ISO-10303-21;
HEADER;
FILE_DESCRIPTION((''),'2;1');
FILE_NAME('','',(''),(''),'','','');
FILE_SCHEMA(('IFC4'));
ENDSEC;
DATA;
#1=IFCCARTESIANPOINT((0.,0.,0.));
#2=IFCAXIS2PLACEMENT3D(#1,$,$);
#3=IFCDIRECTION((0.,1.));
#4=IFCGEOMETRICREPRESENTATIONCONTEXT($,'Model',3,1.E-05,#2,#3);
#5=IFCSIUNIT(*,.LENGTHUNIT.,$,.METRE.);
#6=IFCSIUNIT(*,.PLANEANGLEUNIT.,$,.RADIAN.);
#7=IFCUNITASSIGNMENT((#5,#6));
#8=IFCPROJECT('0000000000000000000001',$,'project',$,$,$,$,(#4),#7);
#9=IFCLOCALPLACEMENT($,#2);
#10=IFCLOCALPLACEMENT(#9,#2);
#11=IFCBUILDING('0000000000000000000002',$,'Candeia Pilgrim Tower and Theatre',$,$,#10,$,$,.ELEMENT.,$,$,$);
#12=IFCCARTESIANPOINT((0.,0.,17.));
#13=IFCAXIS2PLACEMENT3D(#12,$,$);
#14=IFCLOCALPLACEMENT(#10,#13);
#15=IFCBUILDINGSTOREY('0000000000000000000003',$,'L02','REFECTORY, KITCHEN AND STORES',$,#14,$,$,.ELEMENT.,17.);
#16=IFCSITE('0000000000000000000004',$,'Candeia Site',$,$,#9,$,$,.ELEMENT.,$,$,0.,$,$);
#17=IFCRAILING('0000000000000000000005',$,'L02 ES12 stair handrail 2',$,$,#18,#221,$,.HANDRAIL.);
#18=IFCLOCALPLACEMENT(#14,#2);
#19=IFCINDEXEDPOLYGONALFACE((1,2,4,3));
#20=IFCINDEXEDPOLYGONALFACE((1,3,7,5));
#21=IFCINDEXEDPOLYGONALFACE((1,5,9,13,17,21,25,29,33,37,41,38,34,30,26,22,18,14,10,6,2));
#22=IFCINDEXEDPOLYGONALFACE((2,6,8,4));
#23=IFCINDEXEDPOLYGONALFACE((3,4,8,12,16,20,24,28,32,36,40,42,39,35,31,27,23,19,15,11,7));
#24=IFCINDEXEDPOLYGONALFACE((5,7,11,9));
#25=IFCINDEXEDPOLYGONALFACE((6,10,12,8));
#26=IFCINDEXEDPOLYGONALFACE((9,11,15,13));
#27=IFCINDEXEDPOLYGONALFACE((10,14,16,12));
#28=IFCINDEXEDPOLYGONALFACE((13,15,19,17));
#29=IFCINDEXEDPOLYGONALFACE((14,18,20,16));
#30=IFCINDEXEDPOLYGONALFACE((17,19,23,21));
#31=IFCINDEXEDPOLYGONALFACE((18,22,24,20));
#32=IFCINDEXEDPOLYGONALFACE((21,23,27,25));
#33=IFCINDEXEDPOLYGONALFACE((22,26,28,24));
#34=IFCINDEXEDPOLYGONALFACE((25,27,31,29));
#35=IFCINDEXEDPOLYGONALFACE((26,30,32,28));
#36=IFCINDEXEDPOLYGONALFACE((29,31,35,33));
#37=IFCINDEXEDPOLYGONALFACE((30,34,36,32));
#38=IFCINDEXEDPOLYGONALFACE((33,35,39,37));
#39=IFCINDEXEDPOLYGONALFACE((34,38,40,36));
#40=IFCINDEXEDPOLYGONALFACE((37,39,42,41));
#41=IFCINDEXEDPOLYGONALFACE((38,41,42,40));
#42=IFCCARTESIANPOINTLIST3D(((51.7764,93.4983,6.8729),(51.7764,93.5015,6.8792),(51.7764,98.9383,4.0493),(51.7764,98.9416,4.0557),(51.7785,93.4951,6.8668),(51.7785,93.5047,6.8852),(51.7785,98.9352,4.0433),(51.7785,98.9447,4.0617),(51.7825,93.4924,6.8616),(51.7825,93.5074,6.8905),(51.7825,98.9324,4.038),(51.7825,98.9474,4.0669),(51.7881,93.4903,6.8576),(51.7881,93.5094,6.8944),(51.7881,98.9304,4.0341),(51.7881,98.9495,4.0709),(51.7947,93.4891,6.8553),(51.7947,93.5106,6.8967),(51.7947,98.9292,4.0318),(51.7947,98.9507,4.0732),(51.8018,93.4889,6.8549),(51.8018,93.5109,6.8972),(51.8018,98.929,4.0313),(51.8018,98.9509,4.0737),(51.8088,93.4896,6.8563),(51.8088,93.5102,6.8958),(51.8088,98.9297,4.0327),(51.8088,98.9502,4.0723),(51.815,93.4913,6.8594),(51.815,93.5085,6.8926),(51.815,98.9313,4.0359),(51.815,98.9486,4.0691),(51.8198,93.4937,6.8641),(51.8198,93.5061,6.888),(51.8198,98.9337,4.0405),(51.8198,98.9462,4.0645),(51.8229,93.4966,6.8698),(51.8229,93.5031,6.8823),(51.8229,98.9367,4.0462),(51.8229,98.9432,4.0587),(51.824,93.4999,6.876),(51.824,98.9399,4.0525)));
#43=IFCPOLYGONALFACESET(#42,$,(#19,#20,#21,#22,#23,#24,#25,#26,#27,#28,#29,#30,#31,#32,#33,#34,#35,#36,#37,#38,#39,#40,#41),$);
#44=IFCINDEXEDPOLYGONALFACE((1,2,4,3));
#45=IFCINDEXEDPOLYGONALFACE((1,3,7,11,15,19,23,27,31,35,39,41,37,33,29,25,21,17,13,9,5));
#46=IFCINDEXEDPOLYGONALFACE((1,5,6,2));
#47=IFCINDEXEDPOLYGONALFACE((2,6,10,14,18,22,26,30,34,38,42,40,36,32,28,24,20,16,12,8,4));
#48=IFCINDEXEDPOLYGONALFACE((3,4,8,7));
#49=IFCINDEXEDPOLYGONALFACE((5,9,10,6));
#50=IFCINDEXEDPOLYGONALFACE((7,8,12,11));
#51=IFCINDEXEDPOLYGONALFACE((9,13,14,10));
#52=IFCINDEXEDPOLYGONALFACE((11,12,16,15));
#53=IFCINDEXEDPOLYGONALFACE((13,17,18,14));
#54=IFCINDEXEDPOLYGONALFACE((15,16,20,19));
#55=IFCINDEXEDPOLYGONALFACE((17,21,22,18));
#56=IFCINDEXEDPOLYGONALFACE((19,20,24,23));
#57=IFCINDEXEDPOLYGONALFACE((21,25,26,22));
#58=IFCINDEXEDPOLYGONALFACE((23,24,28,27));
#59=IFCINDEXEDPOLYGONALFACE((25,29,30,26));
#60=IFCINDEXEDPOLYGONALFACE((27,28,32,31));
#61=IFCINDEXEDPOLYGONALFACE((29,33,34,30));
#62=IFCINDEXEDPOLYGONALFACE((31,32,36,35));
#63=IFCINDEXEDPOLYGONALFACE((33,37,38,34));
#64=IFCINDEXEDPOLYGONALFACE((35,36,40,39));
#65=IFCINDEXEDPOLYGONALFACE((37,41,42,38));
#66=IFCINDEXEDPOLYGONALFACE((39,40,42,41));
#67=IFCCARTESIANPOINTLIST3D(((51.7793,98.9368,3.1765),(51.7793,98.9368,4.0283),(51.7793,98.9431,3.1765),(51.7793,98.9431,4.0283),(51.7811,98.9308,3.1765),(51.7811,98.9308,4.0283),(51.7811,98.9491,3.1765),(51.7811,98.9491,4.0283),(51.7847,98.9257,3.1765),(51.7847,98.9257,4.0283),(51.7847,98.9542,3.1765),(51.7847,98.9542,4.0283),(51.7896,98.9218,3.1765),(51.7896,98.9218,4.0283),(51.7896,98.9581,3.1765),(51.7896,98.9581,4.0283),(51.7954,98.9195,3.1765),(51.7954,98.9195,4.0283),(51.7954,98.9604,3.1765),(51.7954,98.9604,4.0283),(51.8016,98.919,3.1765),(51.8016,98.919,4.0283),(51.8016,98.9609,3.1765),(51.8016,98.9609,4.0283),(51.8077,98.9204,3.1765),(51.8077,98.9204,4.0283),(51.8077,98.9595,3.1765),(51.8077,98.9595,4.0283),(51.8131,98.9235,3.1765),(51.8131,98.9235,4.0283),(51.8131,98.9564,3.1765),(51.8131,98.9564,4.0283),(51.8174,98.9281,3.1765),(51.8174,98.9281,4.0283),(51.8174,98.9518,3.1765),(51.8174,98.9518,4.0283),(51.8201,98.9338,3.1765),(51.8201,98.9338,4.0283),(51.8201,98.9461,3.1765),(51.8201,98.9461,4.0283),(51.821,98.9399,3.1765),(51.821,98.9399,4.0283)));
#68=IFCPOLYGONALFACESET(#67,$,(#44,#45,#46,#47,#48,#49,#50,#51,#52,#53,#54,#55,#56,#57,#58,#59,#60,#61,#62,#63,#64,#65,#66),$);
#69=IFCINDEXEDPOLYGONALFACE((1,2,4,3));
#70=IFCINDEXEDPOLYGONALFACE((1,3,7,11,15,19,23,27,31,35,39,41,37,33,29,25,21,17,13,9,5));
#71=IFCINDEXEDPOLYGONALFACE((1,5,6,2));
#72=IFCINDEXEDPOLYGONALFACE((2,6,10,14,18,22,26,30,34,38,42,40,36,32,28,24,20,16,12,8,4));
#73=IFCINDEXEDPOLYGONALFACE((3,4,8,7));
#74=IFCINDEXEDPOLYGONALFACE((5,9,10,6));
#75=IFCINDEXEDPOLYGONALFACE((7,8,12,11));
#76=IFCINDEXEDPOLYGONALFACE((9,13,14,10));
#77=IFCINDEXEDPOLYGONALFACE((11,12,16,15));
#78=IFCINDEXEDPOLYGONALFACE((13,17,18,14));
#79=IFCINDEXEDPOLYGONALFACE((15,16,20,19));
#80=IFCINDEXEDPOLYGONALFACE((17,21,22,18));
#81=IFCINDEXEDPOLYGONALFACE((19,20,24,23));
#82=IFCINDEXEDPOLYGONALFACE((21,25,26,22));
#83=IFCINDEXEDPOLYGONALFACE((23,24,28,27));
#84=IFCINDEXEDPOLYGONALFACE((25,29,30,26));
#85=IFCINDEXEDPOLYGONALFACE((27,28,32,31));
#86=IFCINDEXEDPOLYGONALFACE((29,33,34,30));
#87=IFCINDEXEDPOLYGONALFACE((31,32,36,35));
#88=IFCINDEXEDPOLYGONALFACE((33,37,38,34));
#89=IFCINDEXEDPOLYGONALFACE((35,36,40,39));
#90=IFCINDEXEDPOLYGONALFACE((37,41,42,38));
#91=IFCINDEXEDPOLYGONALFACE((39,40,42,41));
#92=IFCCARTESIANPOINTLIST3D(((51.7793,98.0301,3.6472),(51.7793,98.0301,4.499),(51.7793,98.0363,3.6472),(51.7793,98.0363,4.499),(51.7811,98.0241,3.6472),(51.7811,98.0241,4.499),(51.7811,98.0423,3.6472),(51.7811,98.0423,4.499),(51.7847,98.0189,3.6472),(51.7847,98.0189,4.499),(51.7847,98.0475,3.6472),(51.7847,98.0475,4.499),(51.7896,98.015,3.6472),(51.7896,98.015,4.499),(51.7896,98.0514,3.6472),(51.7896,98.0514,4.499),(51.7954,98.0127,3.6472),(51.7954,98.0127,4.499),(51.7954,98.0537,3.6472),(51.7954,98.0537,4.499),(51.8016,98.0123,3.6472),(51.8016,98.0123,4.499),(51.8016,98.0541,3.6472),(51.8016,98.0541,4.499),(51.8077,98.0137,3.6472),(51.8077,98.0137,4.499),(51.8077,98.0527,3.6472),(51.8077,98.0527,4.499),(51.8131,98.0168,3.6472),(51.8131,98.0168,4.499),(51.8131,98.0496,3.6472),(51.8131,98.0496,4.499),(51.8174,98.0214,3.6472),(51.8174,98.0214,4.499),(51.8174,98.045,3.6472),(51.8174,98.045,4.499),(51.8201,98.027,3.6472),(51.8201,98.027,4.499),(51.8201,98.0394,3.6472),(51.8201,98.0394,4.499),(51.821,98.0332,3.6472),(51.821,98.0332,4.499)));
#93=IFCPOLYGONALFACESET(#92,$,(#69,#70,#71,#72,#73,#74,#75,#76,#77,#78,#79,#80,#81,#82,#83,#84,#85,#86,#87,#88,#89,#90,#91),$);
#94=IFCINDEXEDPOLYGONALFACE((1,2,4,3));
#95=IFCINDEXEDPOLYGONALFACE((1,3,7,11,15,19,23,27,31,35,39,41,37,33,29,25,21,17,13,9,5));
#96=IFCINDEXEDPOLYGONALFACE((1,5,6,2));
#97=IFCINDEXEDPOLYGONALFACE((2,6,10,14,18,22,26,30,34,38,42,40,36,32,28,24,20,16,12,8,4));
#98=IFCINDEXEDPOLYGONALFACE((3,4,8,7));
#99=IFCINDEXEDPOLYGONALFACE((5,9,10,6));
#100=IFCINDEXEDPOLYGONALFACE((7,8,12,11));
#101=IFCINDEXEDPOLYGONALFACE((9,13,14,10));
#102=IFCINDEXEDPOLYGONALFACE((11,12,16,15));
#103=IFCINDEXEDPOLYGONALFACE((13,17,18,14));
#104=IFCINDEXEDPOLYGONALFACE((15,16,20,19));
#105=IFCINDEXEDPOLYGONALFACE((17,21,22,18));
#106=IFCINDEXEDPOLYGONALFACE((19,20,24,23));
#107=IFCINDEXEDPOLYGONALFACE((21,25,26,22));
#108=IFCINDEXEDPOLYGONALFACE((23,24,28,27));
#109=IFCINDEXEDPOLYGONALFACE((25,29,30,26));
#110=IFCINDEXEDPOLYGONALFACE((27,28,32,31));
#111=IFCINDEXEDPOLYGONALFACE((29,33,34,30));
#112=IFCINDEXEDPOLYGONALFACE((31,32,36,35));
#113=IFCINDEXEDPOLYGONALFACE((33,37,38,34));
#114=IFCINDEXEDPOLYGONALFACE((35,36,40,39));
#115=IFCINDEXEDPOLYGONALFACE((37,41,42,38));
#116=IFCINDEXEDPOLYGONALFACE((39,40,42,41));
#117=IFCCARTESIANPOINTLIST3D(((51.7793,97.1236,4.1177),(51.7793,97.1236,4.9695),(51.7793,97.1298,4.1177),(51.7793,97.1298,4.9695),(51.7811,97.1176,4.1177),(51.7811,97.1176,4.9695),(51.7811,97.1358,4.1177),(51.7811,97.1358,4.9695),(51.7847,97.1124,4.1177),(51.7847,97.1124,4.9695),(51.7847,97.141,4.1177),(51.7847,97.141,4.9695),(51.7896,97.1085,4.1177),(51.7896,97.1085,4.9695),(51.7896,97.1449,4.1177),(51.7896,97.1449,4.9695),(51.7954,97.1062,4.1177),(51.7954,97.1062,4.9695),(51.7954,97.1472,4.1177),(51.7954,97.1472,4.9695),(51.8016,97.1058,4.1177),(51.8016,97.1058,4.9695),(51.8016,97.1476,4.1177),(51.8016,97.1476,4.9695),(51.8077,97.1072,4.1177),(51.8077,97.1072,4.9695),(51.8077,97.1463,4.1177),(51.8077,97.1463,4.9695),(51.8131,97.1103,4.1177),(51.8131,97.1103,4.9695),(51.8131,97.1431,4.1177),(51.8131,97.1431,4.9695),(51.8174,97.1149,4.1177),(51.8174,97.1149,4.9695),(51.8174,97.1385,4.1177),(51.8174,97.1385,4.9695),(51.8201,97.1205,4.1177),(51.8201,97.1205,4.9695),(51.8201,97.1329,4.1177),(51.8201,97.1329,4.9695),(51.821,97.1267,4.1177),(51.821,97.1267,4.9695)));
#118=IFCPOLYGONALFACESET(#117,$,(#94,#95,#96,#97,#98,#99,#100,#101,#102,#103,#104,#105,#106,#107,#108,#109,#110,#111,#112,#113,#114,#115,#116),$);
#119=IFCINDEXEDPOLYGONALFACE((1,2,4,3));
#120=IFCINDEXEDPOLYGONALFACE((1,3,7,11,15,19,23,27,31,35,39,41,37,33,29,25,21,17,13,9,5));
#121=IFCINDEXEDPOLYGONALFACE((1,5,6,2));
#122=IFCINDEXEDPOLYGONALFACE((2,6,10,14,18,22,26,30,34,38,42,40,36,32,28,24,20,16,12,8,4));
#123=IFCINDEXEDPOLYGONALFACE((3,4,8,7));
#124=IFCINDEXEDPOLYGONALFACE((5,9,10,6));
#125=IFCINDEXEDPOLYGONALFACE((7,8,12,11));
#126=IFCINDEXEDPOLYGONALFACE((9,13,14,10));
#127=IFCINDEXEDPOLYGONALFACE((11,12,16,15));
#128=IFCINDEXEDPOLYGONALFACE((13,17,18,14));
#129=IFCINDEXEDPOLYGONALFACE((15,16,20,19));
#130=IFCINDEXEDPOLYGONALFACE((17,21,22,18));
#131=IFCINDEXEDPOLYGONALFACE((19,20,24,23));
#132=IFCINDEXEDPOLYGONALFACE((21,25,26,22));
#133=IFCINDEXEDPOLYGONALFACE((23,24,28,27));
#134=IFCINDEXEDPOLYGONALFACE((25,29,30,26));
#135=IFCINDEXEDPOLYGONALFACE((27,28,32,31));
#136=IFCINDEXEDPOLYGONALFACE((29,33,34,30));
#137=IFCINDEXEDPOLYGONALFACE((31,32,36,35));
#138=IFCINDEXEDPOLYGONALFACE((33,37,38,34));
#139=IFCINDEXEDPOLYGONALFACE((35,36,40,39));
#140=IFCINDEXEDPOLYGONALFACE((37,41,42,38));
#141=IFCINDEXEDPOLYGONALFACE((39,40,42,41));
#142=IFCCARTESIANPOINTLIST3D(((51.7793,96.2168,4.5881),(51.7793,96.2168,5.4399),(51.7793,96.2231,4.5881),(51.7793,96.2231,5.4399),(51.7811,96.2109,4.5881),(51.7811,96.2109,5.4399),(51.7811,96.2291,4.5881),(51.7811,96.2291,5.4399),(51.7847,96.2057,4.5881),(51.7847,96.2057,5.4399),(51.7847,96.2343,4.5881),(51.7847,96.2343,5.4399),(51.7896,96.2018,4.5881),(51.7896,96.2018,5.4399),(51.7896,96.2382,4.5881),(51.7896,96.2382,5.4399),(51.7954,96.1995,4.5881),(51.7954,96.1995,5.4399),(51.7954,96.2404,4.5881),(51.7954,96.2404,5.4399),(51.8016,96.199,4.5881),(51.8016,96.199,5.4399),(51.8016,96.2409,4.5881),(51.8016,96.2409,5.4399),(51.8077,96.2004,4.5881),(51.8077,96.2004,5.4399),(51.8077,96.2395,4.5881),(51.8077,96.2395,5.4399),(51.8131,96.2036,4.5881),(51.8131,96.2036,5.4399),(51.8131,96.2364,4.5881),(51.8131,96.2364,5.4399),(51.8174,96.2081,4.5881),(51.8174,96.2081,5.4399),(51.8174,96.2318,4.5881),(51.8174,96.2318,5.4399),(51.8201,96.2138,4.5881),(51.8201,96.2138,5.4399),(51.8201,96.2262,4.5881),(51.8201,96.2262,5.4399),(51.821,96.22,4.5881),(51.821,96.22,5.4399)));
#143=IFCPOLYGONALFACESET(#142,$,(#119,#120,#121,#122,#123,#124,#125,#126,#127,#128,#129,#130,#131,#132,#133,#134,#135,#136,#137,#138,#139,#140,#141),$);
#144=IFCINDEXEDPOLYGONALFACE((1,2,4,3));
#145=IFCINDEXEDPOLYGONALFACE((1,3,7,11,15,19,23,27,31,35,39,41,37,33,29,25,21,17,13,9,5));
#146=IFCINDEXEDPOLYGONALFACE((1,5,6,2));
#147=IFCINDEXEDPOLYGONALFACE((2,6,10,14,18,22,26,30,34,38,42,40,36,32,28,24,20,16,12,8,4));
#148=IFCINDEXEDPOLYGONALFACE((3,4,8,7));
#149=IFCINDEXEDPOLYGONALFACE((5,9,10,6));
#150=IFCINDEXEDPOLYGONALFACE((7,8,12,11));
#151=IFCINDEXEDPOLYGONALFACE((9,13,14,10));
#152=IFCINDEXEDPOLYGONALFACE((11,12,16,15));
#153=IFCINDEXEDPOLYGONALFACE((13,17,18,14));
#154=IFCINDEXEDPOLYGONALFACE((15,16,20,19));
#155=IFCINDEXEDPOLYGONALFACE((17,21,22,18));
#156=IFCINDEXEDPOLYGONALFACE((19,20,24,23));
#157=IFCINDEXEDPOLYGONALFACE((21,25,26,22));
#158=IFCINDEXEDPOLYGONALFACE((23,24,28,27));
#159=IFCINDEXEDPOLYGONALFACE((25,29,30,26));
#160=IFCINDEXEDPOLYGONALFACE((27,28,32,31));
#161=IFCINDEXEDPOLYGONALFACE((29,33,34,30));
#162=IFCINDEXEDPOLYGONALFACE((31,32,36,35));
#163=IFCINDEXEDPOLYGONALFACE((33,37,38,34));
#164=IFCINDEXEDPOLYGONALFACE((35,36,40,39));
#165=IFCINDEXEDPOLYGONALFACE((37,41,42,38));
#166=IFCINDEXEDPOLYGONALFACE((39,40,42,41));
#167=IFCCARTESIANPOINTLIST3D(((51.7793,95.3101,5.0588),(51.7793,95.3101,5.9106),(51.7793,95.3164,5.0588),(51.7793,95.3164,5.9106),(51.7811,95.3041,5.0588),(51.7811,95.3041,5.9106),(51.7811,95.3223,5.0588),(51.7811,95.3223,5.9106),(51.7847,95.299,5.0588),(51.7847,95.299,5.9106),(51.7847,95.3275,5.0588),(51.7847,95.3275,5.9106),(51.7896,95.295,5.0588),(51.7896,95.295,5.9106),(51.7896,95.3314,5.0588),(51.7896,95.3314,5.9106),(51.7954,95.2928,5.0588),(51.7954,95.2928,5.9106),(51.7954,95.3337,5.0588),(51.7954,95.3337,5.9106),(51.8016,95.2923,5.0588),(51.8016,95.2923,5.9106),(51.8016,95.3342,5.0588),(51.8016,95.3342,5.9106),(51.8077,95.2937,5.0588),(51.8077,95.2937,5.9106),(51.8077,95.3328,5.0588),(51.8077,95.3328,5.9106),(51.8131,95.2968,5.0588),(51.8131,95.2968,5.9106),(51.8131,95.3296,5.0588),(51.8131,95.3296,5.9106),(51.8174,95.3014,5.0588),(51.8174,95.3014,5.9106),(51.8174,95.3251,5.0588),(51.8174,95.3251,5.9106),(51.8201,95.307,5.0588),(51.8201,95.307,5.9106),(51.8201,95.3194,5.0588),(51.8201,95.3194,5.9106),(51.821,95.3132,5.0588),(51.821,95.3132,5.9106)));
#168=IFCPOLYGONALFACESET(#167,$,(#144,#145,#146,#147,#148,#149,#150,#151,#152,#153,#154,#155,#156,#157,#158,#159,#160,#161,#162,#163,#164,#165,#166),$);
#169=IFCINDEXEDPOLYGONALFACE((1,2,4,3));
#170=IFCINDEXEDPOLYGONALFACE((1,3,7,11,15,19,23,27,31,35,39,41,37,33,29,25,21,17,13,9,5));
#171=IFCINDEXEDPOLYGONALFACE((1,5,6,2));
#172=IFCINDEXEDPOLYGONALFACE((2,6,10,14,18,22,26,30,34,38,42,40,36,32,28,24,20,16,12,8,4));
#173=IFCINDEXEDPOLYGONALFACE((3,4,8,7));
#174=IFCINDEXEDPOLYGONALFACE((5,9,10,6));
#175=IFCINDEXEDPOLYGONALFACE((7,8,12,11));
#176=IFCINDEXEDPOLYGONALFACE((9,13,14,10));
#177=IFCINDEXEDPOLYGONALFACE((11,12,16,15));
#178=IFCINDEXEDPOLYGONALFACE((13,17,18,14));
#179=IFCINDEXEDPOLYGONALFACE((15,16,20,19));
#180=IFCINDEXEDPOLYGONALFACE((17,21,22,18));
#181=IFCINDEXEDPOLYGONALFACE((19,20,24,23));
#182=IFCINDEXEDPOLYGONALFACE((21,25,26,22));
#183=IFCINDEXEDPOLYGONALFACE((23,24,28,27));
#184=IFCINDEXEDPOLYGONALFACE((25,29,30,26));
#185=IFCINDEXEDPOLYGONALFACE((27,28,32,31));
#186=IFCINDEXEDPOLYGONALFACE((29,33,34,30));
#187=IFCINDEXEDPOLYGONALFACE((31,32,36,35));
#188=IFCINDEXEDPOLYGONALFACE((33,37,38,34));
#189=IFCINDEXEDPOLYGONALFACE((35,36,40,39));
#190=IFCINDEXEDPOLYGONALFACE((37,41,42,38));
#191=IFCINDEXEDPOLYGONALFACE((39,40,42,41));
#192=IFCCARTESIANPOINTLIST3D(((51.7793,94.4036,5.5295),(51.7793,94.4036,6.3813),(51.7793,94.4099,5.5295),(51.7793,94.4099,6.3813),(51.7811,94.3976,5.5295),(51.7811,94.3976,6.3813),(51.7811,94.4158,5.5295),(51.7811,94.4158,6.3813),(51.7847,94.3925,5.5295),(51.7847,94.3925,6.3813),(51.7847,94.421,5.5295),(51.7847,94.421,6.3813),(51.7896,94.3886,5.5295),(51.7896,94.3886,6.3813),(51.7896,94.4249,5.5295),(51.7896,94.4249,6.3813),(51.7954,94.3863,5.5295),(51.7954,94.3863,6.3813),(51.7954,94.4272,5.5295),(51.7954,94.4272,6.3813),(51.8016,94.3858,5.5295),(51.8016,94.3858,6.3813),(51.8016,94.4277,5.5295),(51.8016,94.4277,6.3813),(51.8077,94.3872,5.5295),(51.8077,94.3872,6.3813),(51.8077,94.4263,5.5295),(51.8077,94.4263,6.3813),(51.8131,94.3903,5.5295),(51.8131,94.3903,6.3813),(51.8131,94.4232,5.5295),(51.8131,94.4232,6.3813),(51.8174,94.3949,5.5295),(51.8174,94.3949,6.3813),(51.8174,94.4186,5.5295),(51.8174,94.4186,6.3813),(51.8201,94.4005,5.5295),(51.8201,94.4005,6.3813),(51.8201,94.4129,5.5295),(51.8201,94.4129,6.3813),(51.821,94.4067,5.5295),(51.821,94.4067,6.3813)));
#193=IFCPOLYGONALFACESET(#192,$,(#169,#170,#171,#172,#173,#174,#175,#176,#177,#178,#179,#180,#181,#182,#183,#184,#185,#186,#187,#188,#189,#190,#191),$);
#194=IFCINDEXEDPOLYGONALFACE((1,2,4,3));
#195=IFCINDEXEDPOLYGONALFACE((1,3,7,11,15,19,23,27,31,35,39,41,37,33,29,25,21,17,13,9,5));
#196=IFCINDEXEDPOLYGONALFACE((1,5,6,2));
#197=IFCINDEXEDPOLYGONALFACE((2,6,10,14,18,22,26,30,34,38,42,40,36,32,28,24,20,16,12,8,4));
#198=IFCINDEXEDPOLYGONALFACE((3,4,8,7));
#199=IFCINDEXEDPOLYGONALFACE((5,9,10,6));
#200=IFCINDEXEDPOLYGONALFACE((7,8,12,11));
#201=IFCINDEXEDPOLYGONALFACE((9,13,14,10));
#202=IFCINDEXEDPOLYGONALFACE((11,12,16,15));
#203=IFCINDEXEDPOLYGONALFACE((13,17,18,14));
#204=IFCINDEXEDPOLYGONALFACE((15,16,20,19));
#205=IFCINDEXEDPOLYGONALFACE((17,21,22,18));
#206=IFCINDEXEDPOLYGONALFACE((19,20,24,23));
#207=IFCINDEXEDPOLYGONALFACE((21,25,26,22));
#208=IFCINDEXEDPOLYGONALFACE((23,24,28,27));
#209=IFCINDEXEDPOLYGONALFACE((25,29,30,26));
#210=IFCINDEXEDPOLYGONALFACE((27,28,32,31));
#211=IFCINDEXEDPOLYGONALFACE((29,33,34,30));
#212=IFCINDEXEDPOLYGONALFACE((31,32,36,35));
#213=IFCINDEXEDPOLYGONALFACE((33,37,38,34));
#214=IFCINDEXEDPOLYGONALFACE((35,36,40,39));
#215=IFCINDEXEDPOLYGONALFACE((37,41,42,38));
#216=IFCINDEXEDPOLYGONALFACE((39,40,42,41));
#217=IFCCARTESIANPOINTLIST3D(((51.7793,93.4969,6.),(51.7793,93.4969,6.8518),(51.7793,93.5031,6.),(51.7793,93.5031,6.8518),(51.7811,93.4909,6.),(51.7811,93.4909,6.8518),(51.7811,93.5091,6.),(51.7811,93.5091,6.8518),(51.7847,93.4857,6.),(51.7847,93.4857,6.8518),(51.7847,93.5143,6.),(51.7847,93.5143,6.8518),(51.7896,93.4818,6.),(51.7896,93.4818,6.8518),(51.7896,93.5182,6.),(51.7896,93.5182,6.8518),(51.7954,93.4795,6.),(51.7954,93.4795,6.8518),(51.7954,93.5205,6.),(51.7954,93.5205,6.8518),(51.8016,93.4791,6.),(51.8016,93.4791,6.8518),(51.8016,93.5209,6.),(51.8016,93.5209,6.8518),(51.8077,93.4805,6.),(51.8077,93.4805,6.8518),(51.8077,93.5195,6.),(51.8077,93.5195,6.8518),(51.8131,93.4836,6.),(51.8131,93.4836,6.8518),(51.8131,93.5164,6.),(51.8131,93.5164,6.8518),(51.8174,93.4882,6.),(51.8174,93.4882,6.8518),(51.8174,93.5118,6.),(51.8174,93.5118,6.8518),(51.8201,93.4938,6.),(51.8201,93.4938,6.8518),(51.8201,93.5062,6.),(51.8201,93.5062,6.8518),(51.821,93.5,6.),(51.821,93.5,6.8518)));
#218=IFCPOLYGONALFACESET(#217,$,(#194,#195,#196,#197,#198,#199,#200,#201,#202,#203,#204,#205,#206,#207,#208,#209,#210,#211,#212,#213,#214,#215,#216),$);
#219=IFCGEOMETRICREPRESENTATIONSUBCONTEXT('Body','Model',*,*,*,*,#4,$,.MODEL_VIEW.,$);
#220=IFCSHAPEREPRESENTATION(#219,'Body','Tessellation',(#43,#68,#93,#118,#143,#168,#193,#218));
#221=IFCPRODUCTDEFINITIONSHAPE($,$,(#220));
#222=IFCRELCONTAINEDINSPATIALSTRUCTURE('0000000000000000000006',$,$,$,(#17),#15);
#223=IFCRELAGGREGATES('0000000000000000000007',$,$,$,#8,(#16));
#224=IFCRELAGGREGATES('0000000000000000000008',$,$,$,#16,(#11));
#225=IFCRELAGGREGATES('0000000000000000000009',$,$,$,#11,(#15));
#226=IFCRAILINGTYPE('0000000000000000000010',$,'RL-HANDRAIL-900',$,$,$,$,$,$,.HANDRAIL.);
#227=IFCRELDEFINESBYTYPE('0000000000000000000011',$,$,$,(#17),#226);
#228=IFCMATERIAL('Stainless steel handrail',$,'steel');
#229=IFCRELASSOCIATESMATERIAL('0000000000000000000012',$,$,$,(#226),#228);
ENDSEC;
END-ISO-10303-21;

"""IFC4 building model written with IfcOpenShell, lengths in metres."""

from ifc_helpers import new_model, si_unit, direction, frame, origin, origin_2d, place, context, subcontext, project, spatial, circle, extrude, material, type_object, element, save


model = new_model("IFC4")

# Units and contexts
model_context = context("Model", 3, precision=1e-05, world=origin(), true_north=direction((0.0, 1.0)))
body_context = subcontext(model_context, "Body", "Model", "MODEL_VIEW")
ifc_project = project(units=[si_unit("LENGTHUNIT", "METRE"), si_unit("PLANEANGLEUNIT", "RADIAN")], contexts=[model_context])

# Site, building, storey
site_placement = place(None, origin())
site = spatial("IfcSite", under=ifc_project, at=site_placement, Name="Candeia Site", CompositionType="ELEMENT", RefElevation=0.0)
building_placement = place(site_placement, origin())
building = spatial("IfcBuilding", under=site, at=building_placement, Name="Candeia Pilgrim Tower and Theatre", CompositionType="ELEMENT")
storey_placement = place(building_placement, frame((0.0, 0.0, 17.0)))
storey = spatial("IfcBuildingStorey", under=building, at=storey_placement, Name="L02", Description="REFECTORY, KITCHEN AND STORES", CompositionType="ELEMENT", Elevation=17.0)

# Railing
ifc_material_1 = material(Name="Stainless steel handrail", Category="steel")
railing_type_1 = type_object("IfcRailingType", Name="RL-HANDRAIL-900", PredefinedType="HANDRAIL", material=ifc_material_1)
railing_1_placement = place(storey_placement, frame((51.8, 98.9399, 3.1765)))
element("IfcRailing", 1, at=railing_1_placement, inside=storey, type_object=railing_type_1, Name="L02 ES12 stair handrail 2", PredefinedType="HANDRAIL", context=body_context, shape_type="SweptSolid", body=[
    extrude(circle(Radius=0.0239, at=origin_2d()), frame((0.0, 0.0, 0.876), z_axis=(0.0, -0.887569, 0.460674), x_axis=(1.0, 0.0, 0.0)), (0.0, 0.0, 1.0), 6.1292),
    extrude(circle(Radius=0.021, at=origin_2d()), origin(), (0.0, 0.0, 1.0), 0.8518),
    extrude(circle(Radius=0.021, at=origin_2d()), frame((0.0, -0.9067, 0.4707)), (0.0, 0.0, 1.0), 0.8518),
    extrude(circle(Radius=0.021, at=origin_2d()), frame((0.0, -1.8132, 0.9412)), (0.0, 0.0, 1.0), 0.8518),
    extrude(circle(Radius=0.021, at=origin_2d()), frame((0.0, -2.72, 1.4116)), (0.0, 0.0, 1.0), 0.8518),
    extrude(circle(Radius=0.021, at=origin_2d()), frame((0.0, -3.6267, 1.8823)), (0.0, 0.0, 1.0), 0.8518),
    extrude(circle(Radius=0.021, at=origin_2d()), frame((0.0, -4.5332, 2.353)), (0.0, 0.0, 1.0), 0.8518),
    extrude(circle(Radius=0.021, at=origin_2d()), frame((0.0, -5.4399, 2.8235)), (0.0, 0.0, 1.0), 0.8518),
])

save(model, "model.ifc")
